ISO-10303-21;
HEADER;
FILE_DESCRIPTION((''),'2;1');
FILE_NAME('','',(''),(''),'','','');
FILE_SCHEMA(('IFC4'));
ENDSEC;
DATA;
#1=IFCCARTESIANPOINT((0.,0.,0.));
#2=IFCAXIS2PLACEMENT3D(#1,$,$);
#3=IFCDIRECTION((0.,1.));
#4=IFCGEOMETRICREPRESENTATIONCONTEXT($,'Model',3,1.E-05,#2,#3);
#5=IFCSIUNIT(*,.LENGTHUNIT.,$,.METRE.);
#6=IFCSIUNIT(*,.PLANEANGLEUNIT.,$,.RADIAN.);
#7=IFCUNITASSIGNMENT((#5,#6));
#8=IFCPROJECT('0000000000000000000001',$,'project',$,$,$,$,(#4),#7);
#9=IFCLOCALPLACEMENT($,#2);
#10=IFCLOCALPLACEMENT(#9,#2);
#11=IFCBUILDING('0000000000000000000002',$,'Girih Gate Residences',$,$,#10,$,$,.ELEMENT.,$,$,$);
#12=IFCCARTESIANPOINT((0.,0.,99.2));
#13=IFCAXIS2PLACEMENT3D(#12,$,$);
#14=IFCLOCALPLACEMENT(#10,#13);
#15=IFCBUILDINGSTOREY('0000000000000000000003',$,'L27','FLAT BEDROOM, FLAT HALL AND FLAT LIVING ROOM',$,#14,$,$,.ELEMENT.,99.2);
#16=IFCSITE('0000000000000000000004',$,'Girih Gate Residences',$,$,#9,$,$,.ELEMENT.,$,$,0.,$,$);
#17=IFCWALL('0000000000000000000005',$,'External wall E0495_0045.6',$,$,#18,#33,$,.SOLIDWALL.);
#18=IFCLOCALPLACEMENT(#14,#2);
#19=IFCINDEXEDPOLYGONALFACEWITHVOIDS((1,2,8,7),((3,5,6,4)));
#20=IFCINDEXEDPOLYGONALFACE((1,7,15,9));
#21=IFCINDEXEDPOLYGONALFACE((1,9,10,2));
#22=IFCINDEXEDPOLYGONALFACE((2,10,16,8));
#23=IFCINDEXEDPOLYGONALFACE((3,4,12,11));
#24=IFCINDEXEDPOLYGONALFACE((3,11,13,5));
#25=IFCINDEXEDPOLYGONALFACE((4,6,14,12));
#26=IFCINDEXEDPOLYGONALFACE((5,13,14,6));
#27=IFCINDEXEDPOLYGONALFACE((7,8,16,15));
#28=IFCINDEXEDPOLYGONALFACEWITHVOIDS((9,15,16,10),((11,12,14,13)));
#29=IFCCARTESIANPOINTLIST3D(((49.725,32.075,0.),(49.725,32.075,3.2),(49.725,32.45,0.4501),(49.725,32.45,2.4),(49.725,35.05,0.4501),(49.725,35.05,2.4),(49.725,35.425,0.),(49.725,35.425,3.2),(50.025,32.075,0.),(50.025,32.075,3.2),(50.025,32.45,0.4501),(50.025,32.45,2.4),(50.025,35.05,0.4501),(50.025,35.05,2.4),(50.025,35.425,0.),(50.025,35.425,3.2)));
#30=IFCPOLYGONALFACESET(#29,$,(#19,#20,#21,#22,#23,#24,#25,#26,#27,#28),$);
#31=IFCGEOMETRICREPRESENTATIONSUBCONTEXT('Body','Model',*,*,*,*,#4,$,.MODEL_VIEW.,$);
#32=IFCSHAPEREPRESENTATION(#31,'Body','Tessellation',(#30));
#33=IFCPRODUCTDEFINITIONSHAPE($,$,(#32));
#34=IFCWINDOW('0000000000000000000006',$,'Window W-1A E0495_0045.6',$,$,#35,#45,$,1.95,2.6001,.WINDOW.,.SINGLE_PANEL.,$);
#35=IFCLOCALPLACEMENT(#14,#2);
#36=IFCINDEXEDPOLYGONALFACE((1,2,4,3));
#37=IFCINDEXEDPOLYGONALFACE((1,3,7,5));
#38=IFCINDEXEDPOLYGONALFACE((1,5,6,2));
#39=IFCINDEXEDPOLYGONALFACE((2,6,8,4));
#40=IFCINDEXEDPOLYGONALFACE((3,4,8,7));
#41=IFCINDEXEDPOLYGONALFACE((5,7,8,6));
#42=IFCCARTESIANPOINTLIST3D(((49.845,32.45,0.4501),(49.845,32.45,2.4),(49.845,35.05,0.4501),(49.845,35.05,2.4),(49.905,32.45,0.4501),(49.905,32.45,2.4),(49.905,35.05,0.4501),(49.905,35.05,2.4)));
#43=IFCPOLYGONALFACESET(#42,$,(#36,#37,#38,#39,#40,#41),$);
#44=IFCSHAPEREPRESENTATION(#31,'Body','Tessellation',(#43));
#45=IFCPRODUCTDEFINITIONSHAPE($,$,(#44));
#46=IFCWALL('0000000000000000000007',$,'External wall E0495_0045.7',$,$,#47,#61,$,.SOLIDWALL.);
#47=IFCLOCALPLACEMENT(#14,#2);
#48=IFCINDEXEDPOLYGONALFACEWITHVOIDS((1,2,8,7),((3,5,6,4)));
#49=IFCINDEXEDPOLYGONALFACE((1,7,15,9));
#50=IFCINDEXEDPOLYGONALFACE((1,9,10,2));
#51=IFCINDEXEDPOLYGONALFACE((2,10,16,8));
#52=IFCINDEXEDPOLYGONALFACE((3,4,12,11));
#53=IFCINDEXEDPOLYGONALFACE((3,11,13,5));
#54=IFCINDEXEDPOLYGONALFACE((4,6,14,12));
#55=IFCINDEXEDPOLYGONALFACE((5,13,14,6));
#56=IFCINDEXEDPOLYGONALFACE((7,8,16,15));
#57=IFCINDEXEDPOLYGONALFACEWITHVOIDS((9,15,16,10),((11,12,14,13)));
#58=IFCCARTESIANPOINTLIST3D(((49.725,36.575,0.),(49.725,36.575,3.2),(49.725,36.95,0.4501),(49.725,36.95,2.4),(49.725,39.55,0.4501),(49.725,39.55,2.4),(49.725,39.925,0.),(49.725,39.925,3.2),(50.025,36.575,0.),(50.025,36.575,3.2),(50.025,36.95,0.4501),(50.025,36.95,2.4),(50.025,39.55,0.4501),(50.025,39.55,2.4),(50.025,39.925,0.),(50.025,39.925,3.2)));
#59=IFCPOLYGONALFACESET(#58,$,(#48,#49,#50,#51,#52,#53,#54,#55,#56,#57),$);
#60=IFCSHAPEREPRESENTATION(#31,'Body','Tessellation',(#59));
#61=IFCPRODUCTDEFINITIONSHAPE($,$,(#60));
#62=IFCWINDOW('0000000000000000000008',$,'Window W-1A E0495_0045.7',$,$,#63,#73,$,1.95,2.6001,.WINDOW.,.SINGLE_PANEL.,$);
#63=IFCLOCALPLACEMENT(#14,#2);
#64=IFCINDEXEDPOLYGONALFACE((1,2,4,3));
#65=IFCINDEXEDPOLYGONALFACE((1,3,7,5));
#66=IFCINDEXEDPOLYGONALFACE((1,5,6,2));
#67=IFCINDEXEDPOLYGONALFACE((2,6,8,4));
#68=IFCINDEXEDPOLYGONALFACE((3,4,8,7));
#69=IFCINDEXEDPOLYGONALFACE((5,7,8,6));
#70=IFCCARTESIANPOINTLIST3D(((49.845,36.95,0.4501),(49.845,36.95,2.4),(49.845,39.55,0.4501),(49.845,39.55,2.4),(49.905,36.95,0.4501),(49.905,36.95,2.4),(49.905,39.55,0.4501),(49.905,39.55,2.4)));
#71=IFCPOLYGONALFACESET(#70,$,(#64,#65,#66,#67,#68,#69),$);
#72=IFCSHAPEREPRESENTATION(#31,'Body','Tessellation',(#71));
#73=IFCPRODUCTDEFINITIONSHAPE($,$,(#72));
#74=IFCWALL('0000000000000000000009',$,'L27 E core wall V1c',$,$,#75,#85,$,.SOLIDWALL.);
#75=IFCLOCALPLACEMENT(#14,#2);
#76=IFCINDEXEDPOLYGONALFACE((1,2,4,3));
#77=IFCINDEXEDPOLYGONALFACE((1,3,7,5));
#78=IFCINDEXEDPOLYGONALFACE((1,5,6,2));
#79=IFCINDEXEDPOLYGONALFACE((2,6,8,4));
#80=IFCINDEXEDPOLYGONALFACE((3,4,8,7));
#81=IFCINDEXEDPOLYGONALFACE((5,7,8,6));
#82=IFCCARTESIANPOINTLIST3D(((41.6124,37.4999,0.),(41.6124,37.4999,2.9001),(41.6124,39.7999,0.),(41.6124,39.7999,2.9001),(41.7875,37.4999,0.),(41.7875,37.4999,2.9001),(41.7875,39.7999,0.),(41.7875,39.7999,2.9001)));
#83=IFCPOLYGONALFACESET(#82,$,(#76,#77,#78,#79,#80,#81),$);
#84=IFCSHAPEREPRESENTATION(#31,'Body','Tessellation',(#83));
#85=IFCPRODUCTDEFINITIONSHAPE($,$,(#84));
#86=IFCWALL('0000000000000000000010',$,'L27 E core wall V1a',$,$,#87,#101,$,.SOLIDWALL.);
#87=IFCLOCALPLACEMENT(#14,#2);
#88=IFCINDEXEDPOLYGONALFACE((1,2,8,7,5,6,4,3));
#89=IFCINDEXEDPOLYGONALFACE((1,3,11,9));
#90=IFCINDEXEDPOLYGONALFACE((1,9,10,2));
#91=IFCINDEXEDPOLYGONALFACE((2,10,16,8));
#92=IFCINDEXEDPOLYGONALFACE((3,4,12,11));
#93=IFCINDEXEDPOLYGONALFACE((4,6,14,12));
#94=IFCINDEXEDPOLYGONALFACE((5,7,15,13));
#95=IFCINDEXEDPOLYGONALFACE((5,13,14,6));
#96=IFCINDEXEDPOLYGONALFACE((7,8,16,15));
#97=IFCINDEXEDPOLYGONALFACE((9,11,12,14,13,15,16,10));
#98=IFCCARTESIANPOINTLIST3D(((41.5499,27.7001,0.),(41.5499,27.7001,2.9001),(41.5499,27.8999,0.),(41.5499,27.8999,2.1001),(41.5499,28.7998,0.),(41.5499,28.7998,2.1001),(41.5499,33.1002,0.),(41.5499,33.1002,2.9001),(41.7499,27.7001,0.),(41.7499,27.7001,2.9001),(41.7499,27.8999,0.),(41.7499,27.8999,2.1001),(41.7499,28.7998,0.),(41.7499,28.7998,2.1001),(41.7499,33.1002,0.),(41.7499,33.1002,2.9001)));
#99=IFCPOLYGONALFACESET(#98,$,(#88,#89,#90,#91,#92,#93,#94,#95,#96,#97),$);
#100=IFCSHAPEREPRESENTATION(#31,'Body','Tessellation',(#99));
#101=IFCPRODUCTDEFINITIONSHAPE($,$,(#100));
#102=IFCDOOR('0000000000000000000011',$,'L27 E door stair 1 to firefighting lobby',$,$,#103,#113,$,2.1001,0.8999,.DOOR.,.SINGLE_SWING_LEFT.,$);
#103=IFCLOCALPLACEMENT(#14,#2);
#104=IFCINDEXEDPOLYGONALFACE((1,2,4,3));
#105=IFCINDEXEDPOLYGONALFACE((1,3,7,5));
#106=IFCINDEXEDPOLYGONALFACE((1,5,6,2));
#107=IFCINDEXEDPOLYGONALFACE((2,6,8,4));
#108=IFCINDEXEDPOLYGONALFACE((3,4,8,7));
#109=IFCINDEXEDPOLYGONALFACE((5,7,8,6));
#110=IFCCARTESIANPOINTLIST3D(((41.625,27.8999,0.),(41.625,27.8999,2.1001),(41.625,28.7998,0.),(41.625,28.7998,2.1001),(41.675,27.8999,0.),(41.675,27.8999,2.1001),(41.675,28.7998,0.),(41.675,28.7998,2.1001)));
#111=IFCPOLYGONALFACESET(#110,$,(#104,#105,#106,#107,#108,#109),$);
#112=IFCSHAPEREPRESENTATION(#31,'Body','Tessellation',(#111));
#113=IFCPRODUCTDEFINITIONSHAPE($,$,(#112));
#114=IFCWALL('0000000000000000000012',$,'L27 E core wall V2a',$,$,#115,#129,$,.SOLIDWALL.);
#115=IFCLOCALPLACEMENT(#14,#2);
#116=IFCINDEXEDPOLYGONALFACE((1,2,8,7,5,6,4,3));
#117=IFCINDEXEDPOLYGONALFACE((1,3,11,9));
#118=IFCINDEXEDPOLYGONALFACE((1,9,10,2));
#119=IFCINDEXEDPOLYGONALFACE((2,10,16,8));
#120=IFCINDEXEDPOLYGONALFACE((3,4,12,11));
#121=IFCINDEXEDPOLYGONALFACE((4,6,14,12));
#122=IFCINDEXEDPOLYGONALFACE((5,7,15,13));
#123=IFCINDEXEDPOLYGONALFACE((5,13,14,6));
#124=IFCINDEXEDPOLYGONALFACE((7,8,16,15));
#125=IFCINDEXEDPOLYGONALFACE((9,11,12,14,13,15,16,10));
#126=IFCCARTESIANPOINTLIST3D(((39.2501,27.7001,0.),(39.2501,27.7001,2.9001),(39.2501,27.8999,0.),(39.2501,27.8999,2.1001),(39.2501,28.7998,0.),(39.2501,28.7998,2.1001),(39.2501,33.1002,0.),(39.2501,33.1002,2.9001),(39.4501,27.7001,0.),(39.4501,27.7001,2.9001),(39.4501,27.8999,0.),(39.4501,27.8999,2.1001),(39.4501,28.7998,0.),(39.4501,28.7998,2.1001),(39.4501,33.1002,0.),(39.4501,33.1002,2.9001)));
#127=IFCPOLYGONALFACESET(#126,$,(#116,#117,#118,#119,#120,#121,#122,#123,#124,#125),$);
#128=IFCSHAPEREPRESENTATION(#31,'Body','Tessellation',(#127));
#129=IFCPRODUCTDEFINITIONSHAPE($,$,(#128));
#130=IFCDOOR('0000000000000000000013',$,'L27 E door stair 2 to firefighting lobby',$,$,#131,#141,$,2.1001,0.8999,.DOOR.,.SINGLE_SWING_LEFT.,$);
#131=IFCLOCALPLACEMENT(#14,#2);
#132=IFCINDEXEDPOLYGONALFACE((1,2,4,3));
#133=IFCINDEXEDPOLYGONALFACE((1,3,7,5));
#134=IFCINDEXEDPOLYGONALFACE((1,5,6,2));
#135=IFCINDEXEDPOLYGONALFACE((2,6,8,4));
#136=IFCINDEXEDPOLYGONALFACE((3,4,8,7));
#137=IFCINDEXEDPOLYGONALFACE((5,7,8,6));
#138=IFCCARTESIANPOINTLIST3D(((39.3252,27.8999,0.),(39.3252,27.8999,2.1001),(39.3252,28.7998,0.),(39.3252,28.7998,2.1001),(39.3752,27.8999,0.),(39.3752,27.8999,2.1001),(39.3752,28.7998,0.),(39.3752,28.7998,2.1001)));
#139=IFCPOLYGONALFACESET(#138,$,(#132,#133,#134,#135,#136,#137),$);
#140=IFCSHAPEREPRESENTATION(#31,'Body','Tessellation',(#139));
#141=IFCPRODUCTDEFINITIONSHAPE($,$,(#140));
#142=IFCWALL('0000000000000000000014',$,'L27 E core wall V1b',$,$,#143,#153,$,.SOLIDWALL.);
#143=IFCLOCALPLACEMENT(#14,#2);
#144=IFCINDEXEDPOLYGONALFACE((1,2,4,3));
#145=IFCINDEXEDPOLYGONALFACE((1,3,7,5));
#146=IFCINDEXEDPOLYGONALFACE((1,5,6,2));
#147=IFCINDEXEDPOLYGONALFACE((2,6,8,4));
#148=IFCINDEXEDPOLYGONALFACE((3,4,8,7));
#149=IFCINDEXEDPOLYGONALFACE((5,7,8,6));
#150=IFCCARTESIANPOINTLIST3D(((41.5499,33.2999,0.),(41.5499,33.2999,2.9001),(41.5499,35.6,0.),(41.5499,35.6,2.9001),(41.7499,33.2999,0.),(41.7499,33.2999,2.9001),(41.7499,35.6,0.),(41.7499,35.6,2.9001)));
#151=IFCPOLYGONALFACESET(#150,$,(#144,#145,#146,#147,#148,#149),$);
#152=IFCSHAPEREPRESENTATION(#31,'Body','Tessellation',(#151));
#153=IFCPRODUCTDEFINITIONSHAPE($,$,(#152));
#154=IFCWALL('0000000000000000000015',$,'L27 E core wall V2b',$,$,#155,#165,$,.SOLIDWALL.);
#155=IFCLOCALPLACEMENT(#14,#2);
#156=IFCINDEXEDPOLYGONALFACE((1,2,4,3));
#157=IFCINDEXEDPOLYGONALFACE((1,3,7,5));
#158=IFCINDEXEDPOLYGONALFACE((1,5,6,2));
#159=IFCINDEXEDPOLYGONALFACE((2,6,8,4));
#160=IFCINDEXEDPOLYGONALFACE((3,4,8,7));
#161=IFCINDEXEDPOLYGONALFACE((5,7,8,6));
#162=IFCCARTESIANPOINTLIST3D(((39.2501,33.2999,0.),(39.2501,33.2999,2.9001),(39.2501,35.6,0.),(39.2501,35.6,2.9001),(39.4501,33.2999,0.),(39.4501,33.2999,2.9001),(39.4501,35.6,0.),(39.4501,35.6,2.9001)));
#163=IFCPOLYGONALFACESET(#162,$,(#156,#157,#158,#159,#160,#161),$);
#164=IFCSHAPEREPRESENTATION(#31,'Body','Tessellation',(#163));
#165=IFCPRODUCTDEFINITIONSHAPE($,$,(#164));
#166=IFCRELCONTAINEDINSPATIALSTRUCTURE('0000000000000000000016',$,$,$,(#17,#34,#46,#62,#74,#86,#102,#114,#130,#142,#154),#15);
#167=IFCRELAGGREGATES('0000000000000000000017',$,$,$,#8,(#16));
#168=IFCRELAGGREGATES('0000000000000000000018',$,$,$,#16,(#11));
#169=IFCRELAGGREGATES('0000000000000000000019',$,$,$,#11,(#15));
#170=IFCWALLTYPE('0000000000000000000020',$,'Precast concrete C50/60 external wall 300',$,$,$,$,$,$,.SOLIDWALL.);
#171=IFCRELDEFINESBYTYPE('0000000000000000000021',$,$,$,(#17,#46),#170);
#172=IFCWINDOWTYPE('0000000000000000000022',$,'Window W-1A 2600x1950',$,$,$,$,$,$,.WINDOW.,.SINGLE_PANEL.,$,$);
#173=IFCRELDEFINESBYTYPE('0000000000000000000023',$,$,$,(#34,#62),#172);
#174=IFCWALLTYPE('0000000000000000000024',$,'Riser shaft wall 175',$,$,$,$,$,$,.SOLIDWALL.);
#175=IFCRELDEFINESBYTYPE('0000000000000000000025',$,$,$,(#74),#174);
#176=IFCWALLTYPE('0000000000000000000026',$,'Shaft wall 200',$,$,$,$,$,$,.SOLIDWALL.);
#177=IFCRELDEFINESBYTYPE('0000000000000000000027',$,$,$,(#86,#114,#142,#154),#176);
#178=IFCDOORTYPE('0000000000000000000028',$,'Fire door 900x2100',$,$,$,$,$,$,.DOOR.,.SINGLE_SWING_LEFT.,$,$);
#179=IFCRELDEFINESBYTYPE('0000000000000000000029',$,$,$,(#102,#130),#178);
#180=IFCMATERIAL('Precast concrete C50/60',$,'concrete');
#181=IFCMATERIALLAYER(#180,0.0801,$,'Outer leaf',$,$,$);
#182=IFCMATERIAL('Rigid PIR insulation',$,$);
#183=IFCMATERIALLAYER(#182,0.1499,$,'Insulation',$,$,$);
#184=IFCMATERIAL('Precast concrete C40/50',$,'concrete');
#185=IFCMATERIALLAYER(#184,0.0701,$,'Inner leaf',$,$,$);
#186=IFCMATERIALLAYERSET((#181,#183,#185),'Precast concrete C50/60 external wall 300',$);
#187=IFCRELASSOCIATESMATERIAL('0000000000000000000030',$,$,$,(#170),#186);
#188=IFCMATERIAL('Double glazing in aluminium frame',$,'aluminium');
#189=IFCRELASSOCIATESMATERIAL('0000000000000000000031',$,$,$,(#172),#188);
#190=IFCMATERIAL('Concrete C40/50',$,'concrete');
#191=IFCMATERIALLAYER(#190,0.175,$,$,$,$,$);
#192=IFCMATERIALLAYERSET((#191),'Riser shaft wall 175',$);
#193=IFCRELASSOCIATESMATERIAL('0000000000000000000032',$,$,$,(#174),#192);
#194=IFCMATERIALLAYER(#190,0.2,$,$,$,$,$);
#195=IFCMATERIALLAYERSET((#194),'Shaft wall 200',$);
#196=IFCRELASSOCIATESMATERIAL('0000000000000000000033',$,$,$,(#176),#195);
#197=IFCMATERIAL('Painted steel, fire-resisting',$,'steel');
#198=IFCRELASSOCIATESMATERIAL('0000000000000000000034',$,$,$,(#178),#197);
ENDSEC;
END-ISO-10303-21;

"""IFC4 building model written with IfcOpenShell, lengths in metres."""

from ifc_helpers import new_model, si_unit, direction, frame, frame_2d, origin, place, context, subcontext, project, spatial, rectangle, extrude, material, layer, layer_set, type_object, element, fill, save


model = new_model("IFC4")

# Units and contexts
model_context = context("Model", 3, precision=1e-05, world=origin(), true_north=direction((0.0, 1.0)))
body_context = subcontext(model_context, "Body", "Model", "MODEL_VIEW")
ifc_project = project(units=[si_unit("LENGTHUNIT", "METRE"), si_unit("PLANEANGLEUNIT", "RADIAN")], contexts=[model_context])

# Site, building, storey
site_placement = place(None, origin())
site = spatial("IfcSite", under=ifc_project, at=site_placement, Name="Girih Gate Residences", CompositionType="ELEMENT", RefElevation=0.0)
building_placement = place(site_placement, origin())
building = spatial("IfcBuilding", under=site, at=building_placement, Name="Girih Gate Residences", CompositionType="ELEMENT")
storey_placement = place(building_placement, frame((0.0, 0.0, 99.2)))
storey = spatial("IfcBuildingStorey", under=building, at=storey_placement, Name="L27", Description="FLAT BEDROOM, FLAT HALL AND FLAT LIVING ROOM", CompositionType="ELEMENT", Elevation=99.2)

# Walls, openings, windows
ifc_material_1 = material(Name="Precast concrete C50/60", Category="concrete")
ifc_layer_1 = layer(ifc_material_1, 0.0801, Name="Outer leaf")
ifc_material_2 = material(Name="Rigid PIR insulation")
ifc_layer_2 = layer(ifc_material_2, 0.1499, Name="Insulation")
ifc_material_3 = material(Name="Precast concrete C40/50", Category="concrete")
ifc_layer_3 = layer(ifc_material_3, 0.0701, Name="Inner leaf")
ifc_layer_set_1 = layer_set([ifc_layer_1, ifc_layer_2, ifc_layer_3], Name="Precast concrete C50/60 external wall 300")
wall_type_1 = type_object("IfcWallType", Name="Precast concrete C50/60 external wall 300", PredefinedType="SOLIDWALL", material=ifc_layer_set_1)
ifc_material_4 = material(Name="Double glazing in aluminium frame", Category="aluminium")
window_type = type_object("IfcWindowType", Name="Window W-1A 2600x1950", PartitioningType="SINGLE_PANEL", PredefinedType="WINDOW", material=ifc_material_4)
wall_1_placement = place(storey_placement, frame((49.875, 35.425, 0.0), z_axis=(0.0, 0.0, 1.0), x_axis=(0.0, -1.0, 0.0)))
wall_1 = element("IfcWall", 1, at=wall_1_placement, inside=storey, type_object=wall_type_1, Name="External wall E0495_0045.6", PredefinedType="SOLIDWALL", context=body_context, shape_type="SweptSolid", body=[
    extrude(rectangle(XDim=3.3501, YDim=0.3, at=frame_2d((1.675, 0.0))), origin(), (0.0, 0.0, 1.0), 3.2),
])
opening_1_placement = place(wall_1_placement, frame((0.375, 0.0, 0.45)))
opening_1 = element("IfcOpeningElement", 2, at=opening_1_placement, cuts=wall_1, PredefinedType="OPENING", context=body_context, shape_type="SweptSolid", body=[
    extrude(rectangle(XDim=2.6001, YDim=1.95, at=frame_2d((1.3, 0.9751))), frame((0.0, 0.1599, 0.0), z_axis=(0.0, -1.0, 0.0), x_axis=(1.0, 0.0, 0.0)), (0.0, 0.0, 1.0), 0.3201),
])
window_1_placement = place(opening_1_placement, origin())
window_1 = element("IfcWindow", 3, at=window_1_placement, inside=storey, type_object=window_type, Name="Window W-1A E0495_0045.6", OverallHeight=1.95, OverallWidth=2.6001, PartitioningType="SINGLE_PANEL", PredefinedType="WINDOW", context=body_context, shape_type="SweptSolid", body=[
    extrude(rectangle(XDim=2.6001, YDim=1.95, at=frame_2d((1.3, 0.9751))), frame((0.0, 0.03, 0.0), z_axis=(0.0, -1.0, 0.0), x_axis=(1.0, 0.0, 0.0)), (0.0, 0.0, 1.0), 0.0601),
])
fill(opening_1, window_1)
wall_2_placement = place(storey_placement, frame((49.875, 39.925, 0.0), z_axis=(0.0, 0.0, 1.0), x_axis=(0.0, -1.0, 0.0)))
wall_2 = element("IfcWall", 4, at=wall_2_placement, inside=storey, type_object=wall_type_1, Name="External wall E0495_0045.7", PredefinedType="SOLIDWALL", context=body_context, shape_type="SweptSolid", body=[
    extrude(rectangle(XDim=3.3501, YDim=0.3, at=frame_2d((1.675, 0.0))), origin(), (0.0, 0.0, 1.0), 3.2),
])
opening_2_placement = place(wall_2_placement, frame((0.375, 0.0, 0.45)))
opening_2 = element("IfcOpeningElement", 5, at=opening_2_placement, cuts=wall_2, PredefinedType="OPENING", context=body_context, shape_type="SweptSolid", body=[
    extrude(rectangle(XDim=2.6001, YDim=1.95, at=frame_2d((1.3, 0.9751))), frame((0.0, 0.1599, 0.0), z_axis=(0.0, -1.0, 0.0), x_axis=(1.0, 0.0, 0.0)), (0.0, 0.0, 1.0), 0.3201),
])
window_2_placement = place(opening_2_placement, origin())
window_2 = element("IfcWindow", 6, at=window_2_placement, inside=storey, type_object=window_type, Name="Window W-1A E0495_0045.7", OverallHeight=1.95, OverallWidth=2.6001, PartitioningType="SINGLE_PANEL", PredefinedType="WINDOW", context=body_context, shape_type="SweptSolid", body=[
    extrude(rectangle(XDim=2.6001, YDim=1.95, at=frame_2d((1.3, 0.9751))), frame((0.0, 0.03, 0.0), z_axis=(0.0, -1.0, 0.0), x_axis=(1.0, 0.0, 0.0)), (0.0, 0.0, 1.0), 0.0601),
])
fill(opening_2, window_2)

# Wall
ifc_material_5 = material(Name="Concrete C40/50", Category="concrete")
ifc_layer_4 = layer(ifc_material_5, 0.175)
ifc_layer_set_2 = layer_set([ifc_layer_4], Name="Riser shaft wall 175")
wall_type_2 = type_object("IfcWallType", Name="Riser shaft wall 175", PredefinedType="SOLIDWALL", material=ifc_layer_set_2)
wall_3_placement = place(storey_placement, frame((41.7, 37.5, 0.0), z_axis=(0.0, 0.0, 1.0), x_axis=(0.0, 1.0, 0.0)))
element("IfcWall", 7, at=wall_3_placement, inside=storey, type_object=wall_type_2, Name="L27 E core wall V1c", PredefinedType="SOLIDWALL", context=body_context, shape_type="SweptSolid", body=[
    extrude(rectangle(XDim=2.3, YDim=0.175, at=frame_2d((1.1499, 0.0))), origin(), (0.0, 0.0, 1.0), 2.9001),
])

# Walls, openings, doors
ifc_layer_5 = layer(ifc_material_5, 0.2)
ifc_layer_set_3 = layer_set([ifc_layer_5], Name="Shaft wall 200")
wall_type_3 = type_object("IfcWallType", Name="Shaft wall 200", PredefinedType="SOLIDWALL", material=ifc_layer_set_3)
wall_4_placement = place(storey_placement, frame((41.6499, 27.7, 0.0), z_axis=(0.0, 0.0, 1.0), x_axis=(0.0, 1.0, 0.0)))
wall_4 = element("IfcWall", 8, at=wall_4_placement, inside=storey, type_object=wall_type_3, Name="L27 E core wall V1a", PredefinedType="SOLIDWALL", context=body_context, shape_type="SweptSolid", body=[
    extrude(rectangle(XDim=5.4001, YDim=0.2, at=frame_2d((2.7002, 0.0))), origin(), (0.0, 0.0, 1.0), 2.9001),
])
opening_3_placement = place(wall_4_placement, frame((0.2, 0.0, 0.0)))
opening_3 = element("IfcOpeningElement", 9, at=opening_3_placement, cuts=wall_4, PredefinedType="OPENING", context=body_context, shape_type="SweptSolid", body=[
    extrude(rectangle(XDim=0.8999, YDim=2.1001, at=frame_2d((0.45, 1.05))), frame((0.0, 0.1099, 0.0), z_axis=(0.0, -1.0, 0.0), x_axis=(1.0, 0.0, 0.0)), (0.0, 0.0, 1.0), 0.22),
])
ifc_material_6 = material(Name="Painted steel, fire-resisting", Category="steel")
door_type_1 = type_object("IfcDoorType", Name="Fire door 900x2100", OperationType="SINGLE_SWING_LEFT", PredefinedType="DOOR", material=ifc_material_6)
door_1_placement = place(opening_3_placement, origin())
door_1 = element("IfcDoor", 10, at=door_1_placement, inside=storey, type_object=door_type_1, Name="L27 E door stair 1 to firefighting lobby", OperationType="SINGLE_SWING_LEFT", OverallHeight=2.1001, OverallWidth=0.8999, PredefinedType="DOOR", context=body_context, shape_type="SweptSolid", body=[
    extrude(rectangle(XDim=0.8999, YDim=2.1001, at=frame_2d((0.45, 1.05))), frame((0.0, 0.0249, 0.0), z_axis=(0.0, -1.0, 0.0), x_axis=(1.0, 0.0, 0.0)), (0.0, 0.0, 1.0), 0.05),
])
fill(opening_3, door_1)
wall_5_placement = place(storey_placement, frame((39.3501, 27.7, 0.0), z_axis=(0.0, 0.0, 1.0), x_axis=(0.0, 1.0, 0.0)))
wall_5 = element("IfcWall", 11, at=wall_5_placement, inside=storey, type_object=wall_type_3, Name="L27 E core wall V2a", PredefinedType="SOLIDWALL", context=body_context, shape_type="SweptSolid", body=[
    extrude(rectangle(XDim=5.4001, YDim=0.2, at=frame_2d((2.7002, 0.0))), origin(), (0.0, 0.0, 1.0), 2.9001),
])
opening_4_placement = place(wall_5_placement, frame((0.2, 0.0, 0.0)))
opening_4 = element("IfcOpeningElement", 12, at=opening_4_placement, cuts=wall_5, PredefinedType="OPENING", context=body_context, shape_type="SweptSolid", body=[
    extrude(rectangle(XDim=0.8999, YDim=2.1001, at=frame_2d((0.45, 1.05))), frame((0.0, 0.1099, 0.0), z_axis=(0.0, -1.0, 0.0), x_axis=(1.0, 0.0, 0.0)), (0.0, 0.0, 1.0), 0.22),
])
door_2_placement = place(opening_4_placement, origin())
door_2 = element("IfcDoor", 13, at=door_2_placement, inside=storey, type_object=door_type_1, Name="L27 E door stair 2 to firefighting lobby", OperationType="SINGLE_SWING_LEFT", OverallHeight=2.1001, OverallWidth=0.8999, PredefinedType="DOOR", context=body_context, shape_type="SweptSolid", body=[
    extrude(rectangle(XDim=0.8999, YDim=2.1001, at=frame_2d((0.45, 1.05))), frame((0.0, 0.0249, 0.0), z_axis=(0.0, -1.0, 0.0), x_axis=(1.0, 0.0, 0.0)), (0.0, 0.0, 1.0), 0.05),
])
fill(opening_4, door_2)

# Walls
for number, where, z_axis, x_axis, name in (
    (14, (41.6499, 33.3, 0.0), (0.0, 0.0, 1.0), (0.0, 1.0, 0.0), "L27 E core wall V1b"),
    (15, (39.3501, 33.3, 0.0), (0.0, 0.0, 1.0), (0.0, 1.0, 0.0), "L27 E core wall V2b"),
):
    element("IfcWall", number, at=place(storey_placement, frame(where, z_axis=z_axis, x_axis=x_axis)), inside=storey, type_object=wall_type_3, Name=name, PredefinedType="SOLIDWALL", context=body_context, shape_type="SweptSolid", body=[
        extrude(rectangle(XDim=2.3, YDim=0.2, at=frame_2d((1.1499, 0.0))), origin(), (0.0, 0.0, 1.0), 2.9001),
    ])

save(model, "model.ifc")
